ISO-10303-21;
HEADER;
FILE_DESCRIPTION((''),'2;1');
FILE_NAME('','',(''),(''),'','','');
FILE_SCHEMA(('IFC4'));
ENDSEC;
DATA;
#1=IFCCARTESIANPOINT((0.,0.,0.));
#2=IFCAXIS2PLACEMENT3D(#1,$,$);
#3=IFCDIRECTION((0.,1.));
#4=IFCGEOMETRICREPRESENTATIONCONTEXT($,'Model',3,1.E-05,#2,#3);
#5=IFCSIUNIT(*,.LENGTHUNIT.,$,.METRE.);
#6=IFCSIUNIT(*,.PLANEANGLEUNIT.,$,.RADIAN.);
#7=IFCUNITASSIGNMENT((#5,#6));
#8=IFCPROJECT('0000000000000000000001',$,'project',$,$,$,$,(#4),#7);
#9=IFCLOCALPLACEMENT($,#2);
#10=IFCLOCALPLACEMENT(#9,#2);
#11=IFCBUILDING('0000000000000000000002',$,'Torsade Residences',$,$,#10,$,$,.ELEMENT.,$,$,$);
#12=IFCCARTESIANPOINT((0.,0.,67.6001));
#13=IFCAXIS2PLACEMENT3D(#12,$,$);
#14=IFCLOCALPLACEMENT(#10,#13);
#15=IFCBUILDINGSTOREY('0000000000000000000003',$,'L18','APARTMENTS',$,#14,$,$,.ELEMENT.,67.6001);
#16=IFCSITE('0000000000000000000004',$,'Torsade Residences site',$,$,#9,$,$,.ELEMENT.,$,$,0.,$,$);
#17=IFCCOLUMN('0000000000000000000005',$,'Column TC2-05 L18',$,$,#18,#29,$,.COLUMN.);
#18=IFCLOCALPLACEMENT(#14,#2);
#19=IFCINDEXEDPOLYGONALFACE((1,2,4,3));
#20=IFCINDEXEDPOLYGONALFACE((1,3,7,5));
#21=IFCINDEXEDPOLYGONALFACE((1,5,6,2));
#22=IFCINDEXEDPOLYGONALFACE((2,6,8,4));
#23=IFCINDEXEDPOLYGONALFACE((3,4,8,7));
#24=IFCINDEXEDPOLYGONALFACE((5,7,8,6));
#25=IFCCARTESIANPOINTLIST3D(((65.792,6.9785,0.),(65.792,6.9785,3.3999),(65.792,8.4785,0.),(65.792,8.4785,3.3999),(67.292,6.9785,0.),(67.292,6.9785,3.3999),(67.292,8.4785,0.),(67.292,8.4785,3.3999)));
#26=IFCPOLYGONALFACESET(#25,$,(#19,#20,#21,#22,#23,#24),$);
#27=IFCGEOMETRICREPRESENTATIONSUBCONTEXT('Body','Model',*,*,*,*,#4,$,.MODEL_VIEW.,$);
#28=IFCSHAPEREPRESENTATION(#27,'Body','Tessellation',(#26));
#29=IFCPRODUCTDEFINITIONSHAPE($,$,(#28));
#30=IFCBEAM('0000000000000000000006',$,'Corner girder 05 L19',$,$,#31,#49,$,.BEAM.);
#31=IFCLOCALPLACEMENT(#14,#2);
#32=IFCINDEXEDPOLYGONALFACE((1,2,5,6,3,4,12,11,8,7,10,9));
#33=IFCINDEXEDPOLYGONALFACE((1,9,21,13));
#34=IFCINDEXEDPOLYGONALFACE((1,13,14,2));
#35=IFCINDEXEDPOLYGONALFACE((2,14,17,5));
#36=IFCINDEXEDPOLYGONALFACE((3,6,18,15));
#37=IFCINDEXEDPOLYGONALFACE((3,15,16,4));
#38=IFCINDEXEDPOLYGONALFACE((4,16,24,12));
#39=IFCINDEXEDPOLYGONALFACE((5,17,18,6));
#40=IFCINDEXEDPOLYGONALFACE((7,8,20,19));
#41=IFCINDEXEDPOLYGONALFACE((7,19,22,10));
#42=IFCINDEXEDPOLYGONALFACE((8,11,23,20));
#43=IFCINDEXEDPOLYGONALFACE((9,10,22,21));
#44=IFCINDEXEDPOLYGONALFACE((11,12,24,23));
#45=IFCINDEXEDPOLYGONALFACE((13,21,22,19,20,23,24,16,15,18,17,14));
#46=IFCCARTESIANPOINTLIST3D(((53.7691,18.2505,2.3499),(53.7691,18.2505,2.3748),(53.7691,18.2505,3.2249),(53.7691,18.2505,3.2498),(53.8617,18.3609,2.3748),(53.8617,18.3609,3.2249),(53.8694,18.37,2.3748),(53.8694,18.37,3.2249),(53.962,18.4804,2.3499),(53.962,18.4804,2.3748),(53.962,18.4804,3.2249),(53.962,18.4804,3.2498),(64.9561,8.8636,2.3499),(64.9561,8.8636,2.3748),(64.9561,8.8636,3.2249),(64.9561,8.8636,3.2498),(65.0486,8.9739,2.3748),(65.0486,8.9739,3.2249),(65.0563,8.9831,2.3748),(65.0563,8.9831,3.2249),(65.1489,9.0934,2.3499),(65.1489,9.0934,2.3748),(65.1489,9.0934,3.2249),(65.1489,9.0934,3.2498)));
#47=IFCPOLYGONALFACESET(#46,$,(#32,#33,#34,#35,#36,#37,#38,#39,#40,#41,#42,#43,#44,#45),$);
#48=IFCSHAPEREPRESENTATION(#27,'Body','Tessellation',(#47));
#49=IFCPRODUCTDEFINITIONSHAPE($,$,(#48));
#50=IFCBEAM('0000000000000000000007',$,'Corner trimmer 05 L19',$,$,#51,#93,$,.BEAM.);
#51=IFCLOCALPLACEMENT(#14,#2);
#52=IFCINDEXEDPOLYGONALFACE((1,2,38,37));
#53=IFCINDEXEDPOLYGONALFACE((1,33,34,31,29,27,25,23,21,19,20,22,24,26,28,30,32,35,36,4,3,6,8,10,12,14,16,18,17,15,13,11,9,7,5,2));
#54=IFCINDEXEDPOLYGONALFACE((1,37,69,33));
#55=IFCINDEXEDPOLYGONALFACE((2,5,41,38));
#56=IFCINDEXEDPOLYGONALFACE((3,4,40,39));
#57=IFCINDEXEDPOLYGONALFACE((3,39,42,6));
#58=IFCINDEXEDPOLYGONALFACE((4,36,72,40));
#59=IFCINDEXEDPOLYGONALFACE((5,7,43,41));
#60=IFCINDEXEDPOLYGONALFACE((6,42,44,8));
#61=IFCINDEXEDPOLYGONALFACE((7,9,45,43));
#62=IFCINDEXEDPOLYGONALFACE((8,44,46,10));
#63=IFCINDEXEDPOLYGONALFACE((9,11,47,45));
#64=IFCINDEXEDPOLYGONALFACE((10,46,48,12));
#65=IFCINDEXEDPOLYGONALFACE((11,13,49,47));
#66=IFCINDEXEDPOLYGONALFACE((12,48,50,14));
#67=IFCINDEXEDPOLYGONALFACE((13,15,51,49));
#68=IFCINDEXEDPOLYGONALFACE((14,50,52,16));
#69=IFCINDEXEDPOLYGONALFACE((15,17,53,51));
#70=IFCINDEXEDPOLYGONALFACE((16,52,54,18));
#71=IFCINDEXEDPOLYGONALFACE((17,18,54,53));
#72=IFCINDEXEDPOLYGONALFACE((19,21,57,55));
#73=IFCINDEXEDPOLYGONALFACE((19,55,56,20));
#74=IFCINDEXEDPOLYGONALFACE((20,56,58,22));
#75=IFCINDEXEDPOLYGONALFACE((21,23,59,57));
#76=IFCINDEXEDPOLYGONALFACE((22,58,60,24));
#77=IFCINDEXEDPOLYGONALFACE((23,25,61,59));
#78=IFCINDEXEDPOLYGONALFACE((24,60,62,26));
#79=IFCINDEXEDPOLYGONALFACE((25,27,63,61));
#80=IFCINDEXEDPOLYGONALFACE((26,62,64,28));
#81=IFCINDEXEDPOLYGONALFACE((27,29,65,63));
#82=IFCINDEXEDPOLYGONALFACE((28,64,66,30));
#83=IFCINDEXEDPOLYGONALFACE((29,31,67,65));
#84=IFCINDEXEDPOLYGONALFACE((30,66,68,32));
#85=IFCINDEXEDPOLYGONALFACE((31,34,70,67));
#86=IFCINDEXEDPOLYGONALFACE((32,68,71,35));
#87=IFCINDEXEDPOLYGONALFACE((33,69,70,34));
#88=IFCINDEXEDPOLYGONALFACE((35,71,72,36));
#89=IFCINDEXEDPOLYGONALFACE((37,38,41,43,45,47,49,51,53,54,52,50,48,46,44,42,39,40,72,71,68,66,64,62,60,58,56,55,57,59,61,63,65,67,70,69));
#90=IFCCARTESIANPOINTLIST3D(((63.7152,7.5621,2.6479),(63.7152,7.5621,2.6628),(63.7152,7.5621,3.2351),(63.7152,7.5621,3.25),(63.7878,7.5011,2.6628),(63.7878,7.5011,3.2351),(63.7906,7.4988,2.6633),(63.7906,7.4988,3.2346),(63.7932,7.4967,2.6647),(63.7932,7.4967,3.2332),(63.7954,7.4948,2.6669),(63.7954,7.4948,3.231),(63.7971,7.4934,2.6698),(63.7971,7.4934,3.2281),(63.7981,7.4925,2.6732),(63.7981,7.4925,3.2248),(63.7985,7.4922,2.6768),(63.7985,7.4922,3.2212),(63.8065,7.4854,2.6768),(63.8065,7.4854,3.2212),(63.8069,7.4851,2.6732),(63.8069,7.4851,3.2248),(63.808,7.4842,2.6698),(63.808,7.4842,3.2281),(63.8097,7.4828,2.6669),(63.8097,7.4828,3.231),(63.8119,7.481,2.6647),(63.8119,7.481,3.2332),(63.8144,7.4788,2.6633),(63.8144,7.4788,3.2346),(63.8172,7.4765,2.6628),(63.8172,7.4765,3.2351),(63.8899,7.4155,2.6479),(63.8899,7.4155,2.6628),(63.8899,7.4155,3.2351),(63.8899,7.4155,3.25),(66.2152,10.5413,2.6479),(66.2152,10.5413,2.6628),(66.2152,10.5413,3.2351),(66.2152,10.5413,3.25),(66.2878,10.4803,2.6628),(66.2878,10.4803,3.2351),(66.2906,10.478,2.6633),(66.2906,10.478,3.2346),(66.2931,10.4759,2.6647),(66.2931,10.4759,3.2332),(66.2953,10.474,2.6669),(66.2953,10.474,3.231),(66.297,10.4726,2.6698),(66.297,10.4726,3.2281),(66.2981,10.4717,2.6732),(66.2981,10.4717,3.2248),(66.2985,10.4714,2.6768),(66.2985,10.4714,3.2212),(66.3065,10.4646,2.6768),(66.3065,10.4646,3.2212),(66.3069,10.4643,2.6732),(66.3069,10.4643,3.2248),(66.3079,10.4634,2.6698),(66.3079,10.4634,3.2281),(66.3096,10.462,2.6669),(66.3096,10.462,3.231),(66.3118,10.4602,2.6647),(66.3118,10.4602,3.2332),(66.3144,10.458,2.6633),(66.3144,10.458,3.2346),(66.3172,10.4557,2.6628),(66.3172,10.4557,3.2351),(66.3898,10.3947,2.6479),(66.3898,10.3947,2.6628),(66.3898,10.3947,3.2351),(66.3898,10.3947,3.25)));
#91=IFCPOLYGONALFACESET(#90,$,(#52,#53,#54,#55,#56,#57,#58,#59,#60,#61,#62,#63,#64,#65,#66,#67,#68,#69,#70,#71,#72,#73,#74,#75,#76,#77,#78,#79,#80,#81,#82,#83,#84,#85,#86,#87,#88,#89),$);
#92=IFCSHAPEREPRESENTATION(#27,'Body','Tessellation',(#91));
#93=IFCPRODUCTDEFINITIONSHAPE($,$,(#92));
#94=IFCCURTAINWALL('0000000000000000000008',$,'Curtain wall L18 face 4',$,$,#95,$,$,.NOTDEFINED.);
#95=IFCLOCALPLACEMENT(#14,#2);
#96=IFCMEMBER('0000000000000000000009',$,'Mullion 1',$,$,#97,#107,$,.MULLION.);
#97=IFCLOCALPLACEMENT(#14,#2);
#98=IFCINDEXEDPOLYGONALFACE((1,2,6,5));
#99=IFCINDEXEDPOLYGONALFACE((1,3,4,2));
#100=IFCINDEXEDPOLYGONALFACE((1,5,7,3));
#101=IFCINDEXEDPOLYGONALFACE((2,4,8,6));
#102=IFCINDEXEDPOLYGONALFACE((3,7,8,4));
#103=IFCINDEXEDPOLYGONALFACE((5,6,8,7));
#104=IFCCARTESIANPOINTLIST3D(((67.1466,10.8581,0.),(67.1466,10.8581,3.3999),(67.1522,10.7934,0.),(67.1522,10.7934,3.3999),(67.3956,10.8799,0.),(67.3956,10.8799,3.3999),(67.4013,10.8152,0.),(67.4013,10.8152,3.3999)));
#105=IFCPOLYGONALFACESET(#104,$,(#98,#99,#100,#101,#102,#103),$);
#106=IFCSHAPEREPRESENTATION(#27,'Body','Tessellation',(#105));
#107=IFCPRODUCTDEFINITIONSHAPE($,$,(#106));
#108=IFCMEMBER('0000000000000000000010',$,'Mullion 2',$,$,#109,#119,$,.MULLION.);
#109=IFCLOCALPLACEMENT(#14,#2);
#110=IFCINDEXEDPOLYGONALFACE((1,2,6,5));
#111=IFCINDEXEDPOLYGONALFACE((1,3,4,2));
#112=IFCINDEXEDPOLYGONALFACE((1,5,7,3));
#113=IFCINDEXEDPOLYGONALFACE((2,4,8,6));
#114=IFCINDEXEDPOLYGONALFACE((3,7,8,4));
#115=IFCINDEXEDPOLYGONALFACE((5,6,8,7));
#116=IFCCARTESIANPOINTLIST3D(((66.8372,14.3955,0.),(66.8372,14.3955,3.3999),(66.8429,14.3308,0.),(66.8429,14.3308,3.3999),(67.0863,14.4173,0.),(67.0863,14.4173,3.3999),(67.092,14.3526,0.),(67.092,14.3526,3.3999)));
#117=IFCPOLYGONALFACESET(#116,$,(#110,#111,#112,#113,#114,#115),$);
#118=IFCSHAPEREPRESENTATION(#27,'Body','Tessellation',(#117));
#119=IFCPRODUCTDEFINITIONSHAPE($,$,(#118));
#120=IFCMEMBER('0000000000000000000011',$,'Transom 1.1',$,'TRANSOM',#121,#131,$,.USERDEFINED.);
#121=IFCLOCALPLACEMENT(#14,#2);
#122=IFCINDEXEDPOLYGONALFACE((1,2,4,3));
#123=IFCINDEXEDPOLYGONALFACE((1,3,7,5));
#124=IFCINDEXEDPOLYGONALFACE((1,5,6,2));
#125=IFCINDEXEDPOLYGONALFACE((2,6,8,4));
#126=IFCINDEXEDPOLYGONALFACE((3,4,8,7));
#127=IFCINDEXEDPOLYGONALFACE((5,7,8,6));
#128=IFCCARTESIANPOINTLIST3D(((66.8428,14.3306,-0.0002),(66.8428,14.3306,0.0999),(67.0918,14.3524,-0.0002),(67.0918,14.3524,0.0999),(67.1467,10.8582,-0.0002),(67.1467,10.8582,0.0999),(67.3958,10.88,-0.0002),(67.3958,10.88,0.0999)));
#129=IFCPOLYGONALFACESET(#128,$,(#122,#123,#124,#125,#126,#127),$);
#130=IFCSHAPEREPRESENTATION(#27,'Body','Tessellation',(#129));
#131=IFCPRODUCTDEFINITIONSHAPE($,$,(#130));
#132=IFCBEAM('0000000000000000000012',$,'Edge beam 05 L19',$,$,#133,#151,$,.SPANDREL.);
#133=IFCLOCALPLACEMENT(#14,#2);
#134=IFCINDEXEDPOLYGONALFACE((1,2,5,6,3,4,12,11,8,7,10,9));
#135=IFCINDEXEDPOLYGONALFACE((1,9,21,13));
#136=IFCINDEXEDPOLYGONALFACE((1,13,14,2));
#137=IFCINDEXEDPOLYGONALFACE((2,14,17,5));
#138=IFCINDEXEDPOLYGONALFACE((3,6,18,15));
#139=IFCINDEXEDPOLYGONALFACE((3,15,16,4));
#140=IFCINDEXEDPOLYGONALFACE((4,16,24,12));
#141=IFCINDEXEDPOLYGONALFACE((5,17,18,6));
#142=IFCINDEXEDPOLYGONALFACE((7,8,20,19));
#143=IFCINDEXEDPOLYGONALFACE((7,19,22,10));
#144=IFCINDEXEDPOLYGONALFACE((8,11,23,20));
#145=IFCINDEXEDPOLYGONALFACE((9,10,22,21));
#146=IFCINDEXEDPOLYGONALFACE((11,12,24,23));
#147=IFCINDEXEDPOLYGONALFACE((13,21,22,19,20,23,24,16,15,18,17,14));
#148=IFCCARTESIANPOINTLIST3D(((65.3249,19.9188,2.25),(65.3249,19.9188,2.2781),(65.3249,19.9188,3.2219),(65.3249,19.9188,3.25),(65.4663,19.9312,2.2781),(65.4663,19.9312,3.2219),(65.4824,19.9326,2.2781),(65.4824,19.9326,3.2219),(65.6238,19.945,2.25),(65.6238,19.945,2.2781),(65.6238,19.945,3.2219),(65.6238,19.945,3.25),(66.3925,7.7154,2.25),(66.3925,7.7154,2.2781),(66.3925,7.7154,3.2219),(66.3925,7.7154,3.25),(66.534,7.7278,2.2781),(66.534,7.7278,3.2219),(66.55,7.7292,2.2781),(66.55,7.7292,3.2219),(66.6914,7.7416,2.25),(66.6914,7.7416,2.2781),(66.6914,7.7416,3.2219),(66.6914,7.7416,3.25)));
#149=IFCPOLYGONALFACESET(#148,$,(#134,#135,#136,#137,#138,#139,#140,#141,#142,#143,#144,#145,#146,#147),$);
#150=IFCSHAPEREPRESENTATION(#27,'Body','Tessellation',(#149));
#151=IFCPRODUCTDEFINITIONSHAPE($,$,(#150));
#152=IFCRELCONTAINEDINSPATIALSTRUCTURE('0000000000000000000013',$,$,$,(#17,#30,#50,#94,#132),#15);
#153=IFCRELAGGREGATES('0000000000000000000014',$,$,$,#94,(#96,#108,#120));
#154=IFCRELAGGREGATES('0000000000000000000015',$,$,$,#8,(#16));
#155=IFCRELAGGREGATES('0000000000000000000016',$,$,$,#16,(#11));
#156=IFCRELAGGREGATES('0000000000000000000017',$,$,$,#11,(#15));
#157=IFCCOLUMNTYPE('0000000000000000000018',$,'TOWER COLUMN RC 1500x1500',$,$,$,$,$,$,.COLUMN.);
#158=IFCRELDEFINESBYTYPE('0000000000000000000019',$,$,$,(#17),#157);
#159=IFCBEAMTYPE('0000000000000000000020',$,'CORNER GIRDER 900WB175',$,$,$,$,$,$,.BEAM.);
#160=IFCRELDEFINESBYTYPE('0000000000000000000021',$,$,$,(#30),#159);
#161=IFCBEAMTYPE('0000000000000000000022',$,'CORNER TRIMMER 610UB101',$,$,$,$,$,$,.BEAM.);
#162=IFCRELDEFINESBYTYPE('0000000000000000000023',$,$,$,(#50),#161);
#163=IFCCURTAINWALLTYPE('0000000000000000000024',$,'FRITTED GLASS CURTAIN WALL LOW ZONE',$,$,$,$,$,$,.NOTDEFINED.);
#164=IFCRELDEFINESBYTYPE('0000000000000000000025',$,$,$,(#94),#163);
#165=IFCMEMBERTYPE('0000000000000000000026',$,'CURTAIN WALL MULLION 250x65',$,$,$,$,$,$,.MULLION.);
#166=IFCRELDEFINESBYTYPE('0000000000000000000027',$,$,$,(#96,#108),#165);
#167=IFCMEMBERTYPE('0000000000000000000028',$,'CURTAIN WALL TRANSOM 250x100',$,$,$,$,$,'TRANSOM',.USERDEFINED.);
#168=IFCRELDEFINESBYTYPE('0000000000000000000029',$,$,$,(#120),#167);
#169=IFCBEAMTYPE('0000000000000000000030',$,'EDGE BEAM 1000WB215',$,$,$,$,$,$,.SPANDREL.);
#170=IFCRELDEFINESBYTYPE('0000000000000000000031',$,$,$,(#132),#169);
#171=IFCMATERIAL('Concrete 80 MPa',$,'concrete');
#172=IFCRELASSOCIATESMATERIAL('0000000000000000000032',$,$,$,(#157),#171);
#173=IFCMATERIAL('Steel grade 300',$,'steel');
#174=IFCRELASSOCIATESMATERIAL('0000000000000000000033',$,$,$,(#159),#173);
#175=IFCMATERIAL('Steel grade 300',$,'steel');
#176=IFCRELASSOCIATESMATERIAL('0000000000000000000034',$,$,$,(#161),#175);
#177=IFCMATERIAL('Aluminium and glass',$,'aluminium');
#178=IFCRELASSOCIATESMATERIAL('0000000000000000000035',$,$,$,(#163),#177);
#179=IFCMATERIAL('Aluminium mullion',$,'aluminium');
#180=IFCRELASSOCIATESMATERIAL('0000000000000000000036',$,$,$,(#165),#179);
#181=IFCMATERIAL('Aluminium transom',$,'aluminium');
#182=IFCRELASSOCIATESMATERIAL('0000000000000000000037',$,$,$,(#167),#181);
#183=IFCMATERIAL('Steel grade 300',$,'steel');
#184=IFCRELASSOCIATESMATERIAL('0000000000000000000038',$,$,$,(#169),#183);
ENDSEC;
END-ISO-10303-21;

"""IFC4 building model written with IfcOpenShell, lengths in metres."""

from ifc_helpers import new_model, si_unit, direction, frame, origin, origin_2d, place, context, subcontext, project, spatial, rectangle, i_section, extrude, material, material_profile, profile_set, type_object, element, aggregate, save


model = new_model("IFC4")

# Units and contexts
model_context = context("Model", 3, precision=1e-05, world=origin(), true_north=direction((0.0, 1.0)))
body_context = subcontext(model_context, "Body", "Model", "MODEL_VIEW")
ifc_project = project(units=[si_unit("LENGTHUNIT", "METRE"), si_unit("PLANEANGLEUNIT", "RADIAN")], contexts=[model_context])

# Site, building, storey
site_placement = place(None, origin())
site = spatial("IfcSite", under=ifc_project, at=site_placement, Name="Torsade Residences site", CompositionType="ELEMENT", RefElevation=0.0)
building_placement = place(site_placement, origin())
building = spatial("IfcBuilding", under=site, at=building_placement, Name="Torsade Residences", CompositionType="ELEMENT")
storey_placement = place(building_placement, frame((0.0, 0.0, 67.6001)))
storey = spatial("IfcBuildingStorey", under=building, at=storey_placement, Name="L18", Description="APARTMENTS", CompositionType="ELEMENT", Elevation=67.6001)

# Column
ifc_material_1 = material(Name="Concrete 80 MPa", Category="concrete")
ifc_material_profile_1 = material_profile(ifc_material_1, rectangle(XDim=1.5, YDim=1.5, at=origin_2d()), Name="RC 1500x1500")
ifc_profile_set_1 = profile_set([ifc_material_profile_1], Name="Concrete 80 MPa")
column_type = type_object("IfcColumnType", Name="TOWER COLUMN RC 1500x1500", PredefinedType="COLUMN", material=ifc_profile_set_1)
column_placement = place(storey_placement, frame((66.542, 7.7285, 0.0), z_axis=(0.0, 0.0, 1.0), x_axis=(1.0, 0.0, 0.0)))
element("IfcColumn", 1, at=column_placement, inside=storey, type_object=column_type, Name="Column TC2-05 L18", PredefinedType="COLUMN", context=body_context, shape_type="SweptSolid", body=[
    extrude(rectangle(XDim=1.5, YDim=1.5, at=origin_2d()), origin(), (0.0, 0.0, 1.0), 3.3999),
])

# Beams
ifc_material_2 = material(Name="Steel grade 300", Category="steel")
ifc_material_profile_2 = material_profile(ifc_material_2, i_section(OverallWidth=0.3, OverallDepth=0.8999, WebThickness=0.012, FlangeThickness=0.0249, at=origin_2d()), Name="900WB175")
ifc_profile_set_2 = profile_set([ifc_material_profile_2], Name="Steel grade 300")
beam_type_1 = type_object("IfcBeamType", Name="CORNER GIRDER 900WB175", PredefinedType="BEAM", material=ifc_profile_set_2)
beam_1_placement = place(storey_placement, frame((65.0525, 8.9785, 2.7998), z_axis=(-0.766046, 0.642785, 0.0), x_axis=(-0.642785, -0.766046, 0.0)))
element("IfcBeam", 2, at=beam_1_placement, inside=storey, type_object=beam_type_1, Name="Corner girder 05 L19", PredefinedType="BEAM", context=body_context, shape_type="SweptSolid", body=[
    extrude(i_section(OverallWidth=0.3, OverallDepth=0.8999, WebThickness=0.012, FlangeThickness=0.0249, at=origin_2d()), origin(), (0.0, 0.0, 1.0), 14.6035),
])
ifc_material_3 = material(Name="Steel grade 300", Category="steel")
ifc_material_profile_3 = material_profile(ifc_material_3, i_section(OverallWidth=0.228, OverallDepth=0.6021, WebThickness=0.0105, FlangeThickness=0.0149, FilletRadius=0.0139, at=origin_2d()), Name="610UB101")
ifc_profile_set_3 = profile_set([ifc_material_profile_3], Name="Steel grade 300")
beam_type_2 = type_object("IfcBeamType", Name="CORNER TRIMMER 610UB101", PredefinedType="BEAM", material=ifc_profile_set_3)
beam_2_placement = place(storey_placement, frame((66.3025, 10.468, 2.949), z_axis=(-0.642805, -0.76603, 0.0), x_axis=(0.76603, -0.642805, 0.0)))
element("IfcBeam", 3, at=beam_2_placement, inside=storey, type_object=beam_type_2, Name="Corner trimmer 05 L19", PredefinedType="BEAM", context=body_context, shape_type="SweptSolid", body=[
    extrude(i_section(OverallWidth=0.228, OverallDepth=0.6021, WebThickness=0.0105, FlangeThickness=0.0149, FilletRadius=0.0139, at=origin_2d()), origin(), (0.0, 0.0, 1.0), 3.8892),
])

# Curtain wall, members
ifc_material_4 = material(Name="Aluminium and glass", Category="aluminium")
curtain_wall_type = type_object("IfcCurtainWallType", Name="FRITTED GLASS CURTAIN WALL LOW ZONE", PredefinedType="NOTDEFINED", material=ifc_material_4)
curtain_wall_placement = place(storey_placement, origin())
curtain_wall = element("IfcCurtainWall", 4, at=curtain_wall_placement, inside=storey, type_object=curtain_wall_type, Name="Curtain wall L18 face 4", PredefinedType="NOTDEFINED")
ifc_material_5 = material(Name="Aluminium mullion", Category="aluminium")
ifc_material_profile_4 = material_profile(ifc_material_5, rectangle(XDim=0.25, YDim=0.0649, at=origin_2d()), Name="CURTAIN WALL MULLION 250x65")
ifc_profile_set_4 = profile_set([ifc_material_profile_4], Name="Aluminium mullion")
member_type_1 = type_object("IfcMemberType", Name="CURTAIN WALL MULLION 250x65", PredefinedType="MULLION", material=ifc_profile_set_4)
member_1_placement = place(storey_placement, frame((67.2739, 10.8367, 0.0), z_axis=(0.0, 0.0, 1.0), x_axis=(-0.996195, -0.087156, 0.0)))
member_1 = element("IfcMember", 5, at=member_1_placement, type_object=member_type_1, Name="Mullion 1", PredefinedType="MULLION", context=body_context, shape_type="SweptSolid", body=[
    extrude(rectangle(XDim=0.25, YDim=0.0649, at=origin_2d()), origin(), (0.0, 0.0, 1.0), 3.3999),
])
member_2_placement = place(storey_placement, frame((66.9646, 14.374, 0.0), z_axis=(0.0, 0.0, 1.0), x_axis=(-0.996195, -0.087156, 0.0)))
member_2 = element("IfcMember", 6, at=member_2_placement, type_object=member_type_1, Name="Mullion 2", PredefinedType="MULLION", context=body_context, shape_type="SweptSolid", body=[
    extrude(rectangle(XDim=0.25, YDim=0.0649, at=origin_2d()), origin(), (0.0, 0.0, 1.0), 3.3999),
])
ifc_material_6 = material(Name="Aluminium transom", Category="aluminium")
ifc_material_profile_5 = material_profile(ifc_material_6, rectangle(XDim=0.25, YDim=0.1001, at=origin_2d()), Name="CURTAIN WALL TRANSOM 250x100")
ifc_profile_set_5 = profile_set([ifc_material_profile_5], Name="Aluminium transom")
member_type_2 = type_object("IfcMemberType", Name="CURTAIN WALL TRANSOM 250x100", ElementType="TRANSOM", PredefinedType="USERDEFINED", material=ifc_profile_set_5)
member_3_placement = place(storey_placement, frame((67.2712, 10.8691, 0.0498), z_axis=(-0.087201, 0.996191, 0.0), x_axis=(-0.996191, -0.087201, 0.0)))
member_3 = element("IfcMember", 7, at=member_3_placement, type_object=member_type_2, Name="Transom 1.1", ObjectType="TRANSOM", PredefinedType="USERDEFINED", context=body_context, shape_type="SweptSolid", body=[
    extrude(rectangle(XDim=0.25, YDim=0.1001, at=origin_2d()), origin(), (0.0, 0.0, 1.0), 3.4856),
])

# Beam
ifc_material_7 = material(Name="Steel grade 300", Category="steel")
ifc_material_profile_6 = material_profile(ifc_material_7, i_section(OverallWidth=0.3, OverallDepth=1.0, WebThickness=0.0161, FlangeThickness=0.0281, at=origin_2d()), Name="1000WB215")
ifc_profile_set_6 = profile_set([ifc_material_profile_6], Name="Steel grade 300")
beam_type_3 = type_object("IfcBeamType", Name="EDGE BEAM 1000WB215", PredefinedType="SPANDREL", material=ifc_profile_set_6)
beam_3_placement = place(storey_placement, frame((66.542, 7.7285, 2.75), z_axis=(-0.087153, 0.996195, 0.0), x_axis=(-0.996195, -0.087153, 0.0)))
element("IfcBeam", 8, at=beam_3_placement, inside=storey, type_object=beam_type_3, Name="Edge beam 05 L19", PredefinedType="SPANDREL", context=body_context, shape_type="SweptSolid", body=[
    extrude(i_section(OverallWidth=0.3, OverallDepth=1.0, WebThickness=0.0161, FlangeThickness=0.0281, at=origin_2d()), origin(), (0.0, 0.0, 1.0), 12.25),
])

aggregate(curtain_wall, [member_1, member_2, member_3])

save(model, "model.ifc")
